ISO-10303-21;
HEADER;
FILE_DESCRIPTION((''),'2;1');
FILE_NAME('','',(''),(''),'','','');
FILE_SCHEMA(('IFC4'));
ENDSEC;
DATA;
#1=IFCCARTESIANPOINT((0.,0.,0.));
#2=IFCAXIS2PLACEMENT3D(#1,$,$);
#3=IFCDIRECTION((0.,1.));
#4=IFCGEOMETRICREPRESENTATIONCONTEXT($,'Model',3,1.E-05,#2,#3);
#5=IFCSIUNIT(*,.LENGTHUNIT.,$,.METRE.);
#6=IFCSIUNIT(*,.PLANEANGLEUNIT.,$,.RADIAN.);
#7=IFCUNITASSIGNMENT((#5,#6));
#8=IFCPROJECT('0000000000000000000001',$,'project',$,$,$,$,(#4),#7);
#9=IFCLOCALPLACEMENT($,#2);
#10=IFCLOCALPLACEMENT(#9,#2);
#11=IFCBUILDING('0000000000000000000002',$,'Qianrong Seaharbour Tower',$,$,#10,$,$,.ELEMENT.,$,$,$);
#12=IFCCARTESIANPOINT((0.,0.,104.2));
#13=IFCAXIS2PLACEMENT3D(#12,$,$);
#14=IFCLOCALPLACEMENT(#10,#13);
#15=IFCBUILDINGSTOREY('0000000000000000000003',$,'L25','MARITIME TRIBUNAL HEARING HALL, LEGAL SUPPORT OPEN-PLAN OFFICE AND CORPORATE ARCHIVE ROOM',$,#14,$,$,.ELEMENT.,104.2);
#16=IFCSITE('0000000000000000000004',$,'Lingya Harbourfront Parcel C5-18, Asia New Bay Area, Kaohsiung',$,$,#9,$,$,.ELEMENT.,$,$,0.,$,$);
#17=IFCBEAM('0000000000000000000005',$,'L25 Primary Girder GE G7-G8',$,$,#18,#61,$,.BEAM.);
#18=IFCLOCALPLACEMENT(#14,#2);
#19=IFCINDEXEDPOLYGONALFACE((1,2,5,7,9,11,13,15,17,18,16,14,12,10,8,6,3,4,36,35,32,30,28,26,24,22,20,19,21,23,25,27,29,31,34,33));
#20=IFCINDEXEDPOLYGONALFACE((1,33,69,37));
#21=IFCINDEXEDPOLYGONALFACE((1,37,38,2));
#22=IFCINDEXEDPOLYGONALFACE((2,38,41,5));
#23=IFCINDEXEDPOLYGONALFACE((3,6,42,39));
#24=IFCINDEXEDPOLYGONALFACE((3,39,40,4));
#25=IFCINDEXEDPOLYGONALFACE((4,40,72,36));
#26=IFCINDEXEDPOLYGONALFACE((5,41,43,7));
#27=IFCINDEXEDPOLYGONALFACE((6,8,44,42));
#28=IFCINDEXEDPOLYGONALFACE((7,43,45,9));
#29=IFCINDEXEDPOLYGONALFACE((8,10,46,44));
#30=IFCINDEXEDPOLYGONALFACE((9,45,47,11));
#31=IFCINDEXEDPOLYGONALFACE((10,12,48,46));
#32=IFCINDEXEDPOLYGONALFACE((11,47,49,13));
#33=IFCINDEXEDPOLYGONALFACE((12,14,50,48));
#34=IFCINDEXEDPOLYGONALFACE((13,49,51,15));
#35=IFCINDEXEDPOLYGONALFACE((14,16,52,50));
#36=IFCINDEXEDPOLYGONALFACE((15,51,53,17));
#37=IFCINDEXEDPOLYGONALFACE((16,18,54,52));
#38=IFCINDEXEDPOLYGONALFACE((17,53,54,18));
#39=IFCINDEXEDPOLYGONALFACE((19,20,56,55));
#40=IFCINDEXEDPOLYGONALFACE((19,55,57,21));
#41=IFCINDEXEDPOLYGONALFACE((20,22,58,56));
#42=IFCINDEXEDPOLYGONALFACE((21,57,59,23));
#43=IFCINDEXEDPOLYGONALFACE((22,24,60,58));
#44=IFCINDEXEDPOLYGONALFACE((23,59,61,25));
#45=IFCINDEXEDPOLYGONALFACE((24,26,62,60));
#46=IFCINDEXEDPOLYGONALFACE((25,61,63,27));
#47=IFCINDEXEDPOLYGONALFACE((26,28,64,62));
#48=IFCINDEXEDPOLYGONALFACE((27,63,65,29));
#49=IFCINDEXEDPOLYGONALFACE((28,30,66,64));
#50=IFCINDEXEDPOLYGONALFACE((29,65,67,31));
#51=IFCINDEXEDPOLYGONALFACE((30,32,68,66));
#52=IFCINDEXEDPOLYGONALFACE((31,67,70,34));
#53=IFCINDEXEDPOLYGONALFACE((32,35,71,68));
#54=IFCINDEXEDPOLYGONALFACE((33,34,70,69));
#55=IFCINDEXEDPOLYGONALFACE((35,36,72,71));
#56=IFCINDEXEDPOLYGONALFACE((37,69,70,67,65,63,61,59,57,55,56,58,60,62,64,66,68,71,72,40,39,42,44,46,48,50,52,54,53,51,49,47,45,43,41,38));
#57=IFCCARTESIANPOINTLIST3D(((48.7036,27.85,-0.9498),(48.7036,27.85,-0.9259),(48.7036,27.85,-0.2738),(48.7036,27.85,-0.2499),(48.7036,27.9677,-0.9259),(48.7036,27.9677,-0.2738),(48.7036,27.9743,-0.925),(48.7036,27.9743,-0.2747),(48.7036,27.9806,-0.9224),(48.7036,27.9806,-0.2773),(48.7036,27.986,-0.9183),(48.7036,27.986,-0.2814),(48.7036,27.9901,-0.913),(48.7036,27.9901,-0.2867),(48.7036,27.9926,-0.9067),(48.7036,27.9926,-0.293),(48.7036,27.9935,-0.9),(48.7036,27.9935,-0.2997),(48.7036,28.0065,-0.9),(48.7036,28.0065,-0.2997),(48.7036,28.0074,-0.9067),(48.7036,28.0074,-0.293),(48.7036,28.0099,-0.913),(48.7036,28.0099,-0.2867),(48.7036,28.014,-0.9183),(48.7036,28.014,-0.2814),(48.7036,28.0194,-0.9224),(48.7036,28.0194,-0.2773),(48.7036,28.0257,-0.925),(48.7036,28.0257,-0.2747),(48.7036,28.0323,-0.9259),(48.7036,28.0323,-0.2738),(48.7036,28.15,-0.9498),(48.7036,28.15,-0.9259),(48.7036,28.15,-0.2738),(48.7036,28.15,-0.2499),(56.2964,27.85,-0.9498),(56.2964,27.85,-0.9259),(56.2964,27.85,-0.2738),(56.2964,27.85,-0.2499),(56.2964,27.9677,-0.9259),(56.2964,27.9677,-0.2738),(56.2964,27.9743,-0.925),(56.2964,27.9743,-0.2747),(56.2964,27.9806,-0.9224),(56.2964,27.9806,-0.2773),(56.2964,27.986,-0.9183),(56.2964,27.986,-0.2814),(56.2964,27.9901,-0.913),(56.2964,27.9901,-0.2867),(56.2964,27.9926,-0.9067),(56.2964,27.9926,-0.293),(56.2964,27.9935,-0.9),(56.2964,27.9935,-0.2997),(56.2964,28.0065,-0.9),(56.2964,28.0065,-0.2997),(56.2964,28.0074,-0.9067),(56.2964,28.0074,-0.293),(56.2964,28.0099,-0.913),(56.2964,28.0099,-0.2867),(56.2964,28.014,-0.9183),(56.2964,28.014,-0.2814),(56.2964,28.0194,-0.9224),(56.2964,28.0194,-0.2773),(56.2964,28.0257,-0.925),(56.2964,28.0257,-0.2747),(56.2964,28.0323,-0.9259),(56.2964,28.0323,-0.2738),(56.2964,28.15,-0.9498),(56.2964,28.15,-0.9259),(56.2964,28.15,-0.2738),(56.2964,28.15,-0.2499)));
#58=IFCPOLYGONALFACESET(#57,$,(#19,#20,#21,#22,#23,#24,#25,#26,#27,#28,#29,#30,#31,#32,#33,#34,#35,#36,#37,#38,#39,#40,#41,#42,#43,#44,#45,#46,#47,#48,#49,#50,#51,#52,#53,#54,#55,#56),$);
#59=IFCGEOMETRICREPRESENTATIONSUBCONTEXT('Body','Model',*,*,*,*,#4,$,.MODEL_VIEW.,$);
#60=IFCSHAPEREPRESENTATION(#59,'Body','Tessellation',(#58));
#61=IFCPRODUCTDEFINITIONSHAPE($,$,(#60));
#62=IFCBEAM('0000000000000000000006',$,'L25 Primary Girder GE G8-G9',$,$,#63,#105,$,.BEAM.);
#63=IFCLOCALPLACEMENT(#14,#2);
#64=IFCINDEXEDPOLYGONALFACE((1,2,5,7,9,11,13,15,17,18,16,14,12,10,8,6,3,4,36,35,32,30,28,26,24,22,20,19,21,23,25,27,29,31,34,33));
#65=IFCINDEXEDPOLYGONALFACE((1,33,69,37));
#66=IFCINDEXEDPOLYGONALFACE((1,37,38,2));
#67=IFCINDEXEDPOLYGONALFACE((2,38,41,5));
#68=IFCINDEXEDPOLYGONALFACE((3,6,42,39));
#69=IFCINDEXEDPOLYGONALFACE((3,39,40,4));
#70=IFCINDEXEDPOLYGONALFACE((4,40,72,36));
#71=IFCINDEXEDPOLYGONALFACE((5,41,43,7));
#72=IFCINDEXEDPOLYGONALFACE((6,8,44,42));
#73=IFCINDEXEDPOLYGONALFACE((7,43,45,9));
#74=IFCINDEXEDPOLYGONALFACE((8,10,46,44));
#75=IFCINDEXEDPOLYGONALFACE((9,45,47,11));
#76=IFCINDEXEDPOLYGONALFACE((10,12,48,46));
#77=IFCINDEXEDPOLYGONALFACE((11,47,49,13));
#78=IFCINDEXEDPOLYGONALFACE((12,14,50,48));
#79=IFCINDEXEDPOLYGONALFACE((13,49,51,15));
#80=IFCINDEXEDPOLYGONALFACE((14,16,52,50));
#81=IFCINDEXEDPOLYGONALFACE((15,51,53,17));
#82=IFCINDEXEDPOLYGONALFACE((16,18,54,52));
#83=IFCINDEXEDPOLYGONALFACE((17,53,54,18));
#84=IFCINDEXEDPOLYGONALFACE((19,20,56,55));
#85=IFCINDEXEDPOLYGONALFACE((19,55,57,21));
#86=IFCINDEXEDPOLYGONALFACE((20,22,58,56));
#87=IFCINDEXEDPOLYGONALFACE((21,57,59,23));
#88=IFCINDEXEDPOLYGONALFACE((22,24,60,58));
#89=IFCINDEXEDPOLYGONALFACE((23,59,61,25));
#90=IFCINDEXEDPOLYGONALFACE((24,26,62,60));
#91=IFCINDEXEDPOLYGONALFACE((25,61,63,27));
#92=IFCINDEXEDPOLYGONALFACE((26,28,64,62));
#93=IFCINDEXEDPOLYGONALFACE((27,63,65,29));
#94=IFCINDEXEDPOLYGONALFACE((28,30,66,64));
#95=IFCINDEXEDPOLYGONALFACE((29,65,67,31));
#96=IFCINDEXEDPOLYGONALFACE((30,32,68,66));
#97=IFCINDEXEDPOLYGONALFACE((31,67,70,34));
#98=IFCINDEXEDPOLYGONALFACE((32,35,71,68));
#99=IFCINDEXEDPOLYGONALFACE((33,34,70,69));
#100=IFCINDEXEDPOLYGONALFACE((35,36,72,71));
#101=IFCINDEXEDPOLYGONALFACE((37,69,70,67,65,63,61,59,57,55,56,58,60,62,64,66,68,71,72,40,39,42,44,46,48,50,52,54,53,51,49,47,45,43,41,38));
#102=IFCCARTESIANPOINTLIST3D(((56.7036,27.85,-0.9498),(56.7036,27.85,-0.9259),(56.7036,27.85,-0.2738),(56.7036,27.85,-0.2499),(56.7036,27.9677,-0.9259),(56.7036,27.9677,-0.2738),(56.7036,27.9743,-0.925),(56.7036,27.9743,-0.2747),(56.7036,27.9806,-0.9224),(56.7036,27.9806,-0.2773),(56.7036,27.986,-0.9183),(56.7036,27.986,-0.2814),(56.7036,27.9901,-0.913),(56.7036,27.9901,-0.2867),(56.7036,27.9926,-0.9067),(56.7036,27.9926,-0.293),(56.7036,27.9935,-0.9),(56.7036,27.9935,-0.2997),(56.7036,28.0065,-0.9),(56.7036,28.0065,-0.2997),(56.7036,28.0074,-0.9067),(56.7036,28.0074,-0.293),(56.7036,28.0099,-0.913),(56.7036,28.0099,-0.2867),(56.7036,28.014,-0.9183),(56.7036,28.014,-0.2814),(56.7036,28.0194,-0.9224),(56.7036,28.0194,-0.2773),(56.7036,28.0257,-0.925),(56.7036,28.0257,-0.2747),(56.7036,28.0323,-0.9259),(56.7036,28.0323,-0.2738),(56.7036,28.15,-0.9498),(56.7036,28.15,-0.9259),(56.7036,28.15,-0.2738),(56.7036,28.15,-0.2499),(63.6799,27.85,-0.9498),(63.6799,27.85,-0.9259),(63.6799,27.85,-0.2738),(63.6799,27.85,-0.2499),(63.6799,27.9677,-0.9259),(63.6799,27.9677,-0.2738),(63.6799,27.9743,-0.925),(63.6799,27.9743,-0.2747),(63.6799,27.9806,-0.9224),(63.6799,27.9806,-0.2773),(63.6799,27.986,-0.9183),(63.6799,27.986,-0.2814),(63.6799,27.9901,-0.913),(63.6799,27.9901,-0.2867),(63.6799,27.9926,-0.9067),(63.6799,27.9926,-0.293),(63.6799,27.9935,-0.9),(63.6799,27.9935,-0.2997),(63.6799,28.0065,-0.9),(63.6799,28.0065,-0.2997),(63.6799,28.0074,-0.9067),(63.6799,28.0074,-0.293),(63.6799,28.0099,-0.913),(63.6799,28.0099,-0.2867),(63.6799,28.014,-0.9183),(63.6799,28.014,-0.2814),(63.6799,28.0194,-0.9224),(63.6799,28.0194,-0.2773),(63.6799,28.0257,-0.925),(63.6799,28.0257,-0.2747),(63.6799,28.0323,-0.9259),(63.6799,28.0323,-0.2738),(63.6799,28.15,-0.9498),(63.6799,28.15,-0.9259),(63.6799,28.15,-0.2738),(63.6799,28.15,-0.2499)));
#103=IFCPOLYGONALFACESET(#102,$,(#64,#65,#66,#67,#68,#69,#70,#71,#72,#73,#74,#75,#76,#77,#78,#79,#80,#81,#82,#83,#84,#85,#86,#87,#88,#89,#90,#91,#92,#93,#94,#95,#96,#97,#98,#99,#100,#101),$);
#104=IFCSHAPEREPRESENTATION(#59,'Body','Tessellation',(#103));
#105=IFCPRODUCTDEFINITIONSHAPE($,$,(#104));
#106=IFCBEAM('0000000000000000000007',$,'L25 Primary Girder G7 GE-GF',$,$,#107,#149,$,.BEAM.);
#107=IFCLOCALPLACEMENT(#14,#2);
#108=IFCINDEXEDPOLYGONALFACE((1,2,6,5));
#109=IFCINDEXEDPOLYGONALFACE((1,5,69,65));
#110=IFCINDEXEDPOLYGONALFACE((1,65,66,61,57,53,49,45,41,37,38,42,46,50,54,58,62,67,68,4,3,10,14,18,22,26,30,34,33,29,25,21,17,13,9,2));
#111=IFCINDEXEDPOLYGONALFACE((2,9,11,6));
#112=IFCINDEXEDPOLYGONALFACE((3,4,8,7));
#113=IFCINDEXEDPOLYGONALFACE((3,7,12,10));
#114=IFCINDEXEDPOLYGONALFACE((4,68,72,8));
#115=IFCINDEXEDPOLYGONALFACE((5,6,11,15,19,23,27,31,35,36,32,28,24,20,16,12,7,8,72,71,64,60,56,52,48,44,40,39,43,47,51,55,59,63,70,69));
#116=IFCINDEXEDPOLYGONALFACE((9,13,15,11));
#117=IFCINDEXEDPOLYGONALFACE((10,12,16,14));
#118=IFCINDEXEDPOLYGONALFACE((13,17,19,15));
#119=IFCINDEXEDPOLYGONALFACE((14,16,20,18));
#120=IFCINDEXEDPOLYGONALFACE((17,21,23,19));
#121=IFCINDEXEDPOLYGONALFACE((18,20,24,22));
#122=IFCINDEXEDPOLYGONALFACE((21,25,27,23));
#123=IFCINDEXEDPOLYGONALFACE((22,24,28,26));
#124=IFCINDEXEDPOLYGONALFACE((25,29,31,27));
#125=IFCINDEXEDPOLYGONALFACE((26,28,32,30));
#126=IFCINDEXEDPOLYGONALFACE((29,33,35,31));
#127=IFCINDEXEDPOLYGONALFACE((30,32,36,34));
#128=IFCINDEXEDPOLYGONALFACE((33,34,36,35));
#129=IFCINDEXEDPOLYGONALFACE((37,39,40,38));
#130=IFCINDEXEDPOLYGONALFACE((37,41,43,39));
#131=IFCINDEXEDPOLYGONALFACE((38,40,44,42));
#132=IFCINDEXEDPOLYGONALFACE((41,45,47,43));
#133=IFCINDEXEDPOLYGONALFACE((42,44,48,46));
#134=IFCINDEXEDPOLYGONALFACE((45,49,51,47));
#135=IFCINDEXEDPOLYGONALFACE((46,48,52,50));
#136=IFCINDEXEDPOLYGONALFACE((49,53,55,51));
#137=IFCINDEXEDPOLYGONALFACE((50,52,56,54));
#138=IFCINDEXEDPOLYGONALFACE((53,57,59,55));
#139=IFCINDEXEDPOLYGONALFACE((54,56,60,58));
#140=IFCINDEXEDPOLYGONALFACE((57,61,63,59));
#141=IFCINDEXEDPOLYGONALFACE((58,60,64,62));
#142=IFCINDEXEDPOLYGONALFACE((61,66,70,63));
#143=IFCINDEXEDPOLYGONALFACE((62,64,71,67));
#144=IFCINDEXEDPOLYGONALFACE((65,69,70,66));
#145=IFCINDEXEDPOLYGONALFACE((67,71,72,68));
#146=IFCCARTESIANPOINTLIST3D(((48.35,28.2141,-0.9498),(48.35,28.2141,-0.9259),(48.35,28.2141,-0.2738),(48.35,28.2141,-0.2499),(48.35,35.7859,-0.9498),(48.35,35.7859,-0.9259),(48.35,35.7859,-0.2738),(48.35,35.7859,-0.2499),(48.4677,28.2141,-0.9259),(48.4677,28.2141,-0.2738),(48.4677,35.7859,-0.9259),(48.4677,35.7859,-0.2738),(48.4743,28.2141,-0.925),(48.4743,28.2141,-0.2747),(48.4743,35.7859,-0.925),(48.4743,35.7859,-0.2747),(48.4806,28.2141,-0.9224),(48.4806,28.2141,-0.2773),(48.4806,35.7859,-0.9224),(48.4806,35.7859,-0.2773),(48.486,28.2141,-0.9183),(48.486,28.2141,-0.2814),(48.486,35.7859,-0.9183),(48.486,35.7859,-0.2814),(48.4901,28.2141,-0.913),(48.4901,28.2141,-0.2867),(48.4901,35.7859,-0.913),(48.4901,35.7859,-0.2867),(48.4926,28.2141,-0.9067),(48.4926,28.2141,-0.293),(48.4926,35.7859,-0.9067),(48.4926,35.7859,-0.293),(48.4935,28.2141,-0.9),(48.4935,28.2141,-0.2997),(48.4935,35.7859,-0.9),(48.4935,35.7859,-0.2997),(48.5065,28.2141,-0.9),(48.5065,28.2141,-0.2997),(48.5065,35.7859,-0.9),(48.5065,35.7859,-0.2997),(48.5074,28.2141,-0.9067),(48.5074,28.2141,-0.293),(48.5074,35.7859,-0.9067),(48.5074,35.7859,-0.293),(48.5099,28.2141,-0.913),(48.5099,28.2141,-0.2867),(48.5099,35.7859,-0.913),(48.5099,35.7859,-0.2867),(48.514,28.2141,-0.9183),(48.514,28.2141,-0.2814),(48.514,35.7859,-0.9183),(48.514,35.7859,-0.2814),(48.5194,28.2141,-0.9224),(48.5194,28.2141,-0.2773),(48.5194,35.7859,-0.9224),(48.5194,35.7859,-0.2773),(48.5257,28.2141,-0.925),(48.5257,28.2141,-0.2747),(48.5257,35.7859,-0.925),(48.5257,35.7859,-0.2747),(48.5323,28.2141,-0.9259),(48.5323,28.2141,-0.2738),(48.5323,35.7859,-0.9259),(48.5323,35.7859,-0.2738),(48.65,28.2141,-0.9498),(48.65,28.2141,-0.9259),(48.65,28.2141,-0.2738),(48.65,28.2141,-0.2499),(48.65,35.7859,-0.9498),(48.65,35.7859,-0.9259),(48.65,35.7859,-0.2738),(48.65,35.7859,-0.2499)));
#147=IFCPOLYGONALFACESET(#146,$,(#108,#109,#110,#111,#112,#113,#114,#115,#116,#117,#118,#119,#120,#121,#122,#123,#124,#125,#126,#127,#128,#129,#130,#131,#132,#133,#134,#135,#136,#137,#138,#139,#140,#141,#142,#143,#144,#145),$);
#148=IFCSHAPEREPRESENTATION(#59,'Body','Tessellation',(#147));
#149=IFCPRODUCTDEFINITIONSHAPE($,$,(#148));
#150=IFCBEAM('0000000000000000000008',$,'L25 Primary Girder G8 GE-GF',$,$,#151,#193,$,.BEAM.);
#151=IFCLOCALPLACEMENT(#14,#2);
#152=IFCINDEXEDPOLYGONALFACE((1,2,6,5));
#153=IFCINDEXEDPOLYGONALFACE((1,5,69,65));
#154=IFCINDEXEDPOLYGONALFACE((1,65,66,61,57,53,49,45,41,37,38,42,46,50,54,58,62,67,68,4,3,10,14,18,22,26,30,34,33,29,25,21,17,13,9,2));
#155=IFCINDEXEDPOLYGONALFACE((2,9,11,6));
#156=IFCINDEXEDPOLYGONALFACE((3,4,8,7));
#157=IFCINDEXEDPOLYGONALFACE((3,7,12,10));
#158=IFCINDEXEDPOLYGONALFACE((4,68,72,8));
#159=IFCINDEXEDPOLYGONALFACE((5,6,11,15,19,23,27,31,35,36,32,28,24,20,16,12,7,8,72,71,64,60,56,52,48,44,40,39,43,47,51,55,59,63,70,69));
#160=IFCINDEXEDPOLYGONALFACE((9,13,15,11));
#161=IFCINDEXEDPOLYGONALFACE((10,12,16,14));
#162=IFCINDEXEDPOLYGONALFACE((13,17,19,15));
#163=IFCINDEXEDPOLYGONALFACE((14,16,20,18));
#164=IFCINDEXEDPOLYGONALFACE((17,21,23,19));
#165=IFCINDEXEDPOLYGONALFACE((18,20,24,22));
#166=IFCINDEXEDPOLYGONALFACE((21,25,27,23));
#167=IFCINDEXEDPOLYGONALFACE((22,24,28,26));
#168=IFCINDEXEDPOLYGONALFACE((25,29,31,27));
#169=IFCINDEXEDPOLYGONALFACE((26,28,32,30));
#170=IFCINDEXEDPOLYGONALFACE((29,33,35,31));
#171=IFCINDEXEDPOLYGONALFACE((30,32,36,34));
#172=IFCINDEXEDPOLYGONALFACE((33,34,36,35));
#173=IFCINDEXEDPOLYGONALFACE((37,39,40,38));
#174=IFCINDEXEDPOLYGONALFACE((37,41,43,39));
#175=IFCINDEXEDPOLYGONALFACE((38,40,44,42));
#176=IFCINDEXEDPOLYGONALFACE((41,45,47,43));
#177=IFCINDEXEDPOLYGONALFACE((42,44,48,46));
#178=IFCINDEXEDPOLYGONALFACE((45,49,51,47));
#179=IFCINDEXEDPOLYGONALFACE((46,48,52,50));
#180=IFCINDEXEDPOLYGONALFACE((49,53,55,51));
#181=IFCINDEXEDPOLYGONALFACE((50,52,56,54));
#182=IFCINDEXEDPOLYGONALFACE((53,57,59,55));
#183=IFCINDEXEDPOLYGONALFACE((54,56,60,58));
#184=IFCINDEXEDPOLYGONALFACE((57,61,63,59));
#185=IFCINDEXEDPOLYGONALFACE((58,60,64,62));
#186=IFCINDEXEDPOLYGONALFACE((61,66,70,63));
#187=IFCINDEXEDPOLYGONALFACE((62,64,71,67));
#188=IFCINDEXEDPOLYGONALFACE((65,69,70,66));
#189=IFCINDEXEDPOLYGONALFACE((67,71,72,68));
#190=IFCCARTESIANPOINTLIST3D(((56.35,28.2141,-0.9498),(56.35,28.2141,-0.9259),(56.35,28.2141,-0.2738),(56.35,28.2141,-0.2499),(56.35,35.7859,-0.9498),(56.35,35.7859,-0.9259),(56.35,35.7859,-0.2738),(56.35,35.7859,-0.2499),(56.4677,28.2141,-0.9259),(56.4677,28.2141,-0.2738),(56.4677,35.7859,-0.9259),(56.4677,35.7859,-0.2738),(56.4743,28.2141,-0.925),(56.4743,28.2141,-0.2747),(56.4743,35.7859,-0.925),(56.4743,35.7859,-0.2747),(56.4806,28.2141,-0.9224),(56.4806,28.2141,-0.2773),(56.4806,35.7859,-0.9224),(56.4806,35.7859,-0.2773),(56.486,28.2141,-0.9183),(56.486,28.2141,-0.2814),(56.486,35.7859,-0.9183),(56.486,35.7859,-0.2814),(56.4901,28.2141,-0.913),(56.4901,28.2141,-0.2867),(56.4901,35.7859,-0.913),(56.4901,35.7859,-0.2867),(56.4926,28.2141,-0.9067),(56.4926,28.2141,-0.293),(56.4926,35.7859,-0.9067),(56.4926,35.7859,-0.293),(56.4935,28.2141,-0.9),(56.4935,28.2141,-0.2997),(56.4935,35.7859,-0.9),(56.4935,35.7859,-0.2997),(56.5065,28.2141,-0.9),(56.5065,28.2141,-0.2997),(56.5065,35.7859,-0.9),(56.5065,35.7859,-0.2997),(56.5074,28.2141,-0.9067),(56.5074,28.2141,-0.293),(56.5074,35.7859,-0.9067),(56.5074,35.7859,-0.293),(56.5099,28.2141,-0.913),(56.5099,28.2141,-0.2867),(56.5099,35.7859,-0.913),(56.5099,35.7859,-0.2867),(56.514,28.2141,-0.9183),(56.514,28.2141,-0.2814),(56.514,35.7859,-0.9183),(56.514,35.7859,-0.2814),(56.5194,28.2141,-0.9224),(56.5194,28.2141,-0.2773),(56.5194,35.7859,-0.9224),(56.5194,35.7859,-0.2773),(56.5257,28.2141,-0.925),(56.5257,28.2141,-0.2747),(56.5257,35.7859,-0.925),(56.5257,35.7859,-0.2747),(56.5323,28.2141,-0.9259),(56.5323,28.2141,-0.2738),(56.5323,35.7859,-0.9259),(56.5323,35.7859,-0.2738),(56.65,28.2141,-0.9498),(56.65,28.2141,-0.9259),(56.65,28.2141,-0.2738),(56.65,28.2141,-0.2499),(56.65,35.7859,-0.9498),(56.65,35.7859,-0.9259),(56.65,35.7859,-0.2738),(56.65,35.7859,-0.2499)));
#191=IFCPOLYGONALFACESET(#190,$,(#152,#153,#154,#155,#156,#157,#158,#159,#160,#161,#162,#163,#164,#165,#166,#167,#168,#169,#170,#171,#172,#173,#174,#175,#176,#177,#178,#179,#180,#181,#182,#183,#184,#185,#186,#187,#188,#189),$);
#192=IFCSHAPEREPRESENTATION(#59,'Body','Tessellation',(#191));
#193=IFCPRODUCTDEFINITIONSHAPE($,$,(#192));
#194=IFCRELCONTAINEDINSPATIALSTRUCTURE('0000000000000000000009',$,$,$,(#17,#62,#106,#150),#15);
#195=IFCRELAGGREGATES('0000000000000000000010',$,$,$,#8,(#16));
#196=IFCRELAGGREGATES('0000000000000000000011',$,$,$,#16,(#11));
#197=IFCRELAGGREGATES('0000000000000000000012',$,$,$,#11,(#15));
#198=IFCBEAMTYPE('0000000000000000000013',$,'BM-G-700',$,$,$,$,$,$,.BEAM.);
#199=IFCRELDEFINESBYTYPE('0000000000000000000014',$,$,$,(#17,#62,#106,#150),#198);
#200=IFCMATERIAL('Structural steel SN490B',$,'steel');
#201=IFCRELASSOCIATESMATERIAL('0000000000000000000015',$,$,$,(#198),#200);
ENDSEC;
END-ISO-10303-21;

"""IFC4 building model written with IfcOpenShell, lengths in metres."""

from ifc_helpers import new_model, si_unit, direction, frame, origin, origin_2d, place, context, subcontext, project, spatial, i_section, extrude, material, material_profile, profile_set, type_object, element, save


model = new_model("IFC4")

# Units and contexts
model_context = context("Model", 3, precision=1e-05, world=origin(), true_north=direction((0.0, 1.0)))
body_context = subcontext(model_context, "Body", "Model", "MODEL_VIEW")
ifc_project = project(units=[si_unit("LENGTHUNIT", "METRE"), si_unit("PLANEANGLEUNIT", "RADIAN")], contexts=[model_context])

# Site, building, storey
site_placement = place(None, origin())
site = spatial("IfcSite", under=ifc_project, at=site_placement, Name="Lingya Harbourfront Parcel C5-18, Asia New Bay Area, Kaohsiung", CompositionType="ELEMENT", RefElevation=0.0)
building_placement = place(site_placement, origin())
building = spatial("IfcBuilding", under=site, at=building_placement, Name="Qianrong Seaharbour Tower", CompositionType="ELEMENT")
storey_placement = place(building_placement, frame((0.0, 0.0, 104.2)))
storey = spatial("IfcBuildingStorey", under=building, at=storey_placement, Name="L25", Description="MARITIME TRIBUNAL HEARING HALL, LEGAL SUPPORT OPEN-PLAN OFFICE AND CORPORATE ARCHIVE ROOM", CompositionType="ELEMENT", Elevation=104.2)

# Shared definitions
ifc_material_1 = material(Name="Structural steel SN490B", Category="steel")

# Beams
ifc_material_profile_1 = material_profile(ifc_material_1, i_section(OverallWidth=0.3, OverallDepth=0.7, WebThickness=0.0129, FlangeThickness=0.0239, FilletRadius=0.0259, at=origin_2d()), Name="H700x300x13x24")
ifc_profile_set_1 = profile_set([ifc_material_profile_1], Name="Structural steel SN490B")
beam_type_1 = type_object("IfcBeamType", Name="BM-G-700", PredefinedType="BEAM", material=ifc_profile_set_1)
beam_1_placement = place(storey_placement, frame((48.7036, 28.0, -0.5999), z_axis=(1.0, 0.0, 0.0), x_axis=(0.0, 1.0, 0.0)))
element("IfcBeam", 1, at=beam_1_placement, inside=storey, type_object=beam_type_1, Name="L25 Primary Girder GE G7-G8", PredefinedType="BEAM", context=body_context, shape_type="SweptSolid", body=[
    extrude(i_section(OverallWidth=0.3, OverallDepth=0.7, WebThickness=0.0129, FlangeThickness=0.0239, FilletRadius=0.0259, at=origin_2d()), origin(), (0.0, 0.0, 1.0), 7.5928),
])
beam_2_placement = place(storey_placement, frame((56.7036, 28.0, -0.5999), z_axis=(1.0, 0.0, 0.0), x_axis=(0.0, 1.0, 0.0)))
element("IfcBeam", 2, at=beam_2_placement, inside=storey, type_object=beam_type_1, Name="L25 Primary Girder GE G8-G9", PredefinedType="BEAM", context=body_context, shape_type="SweptSolid", body=[
    extrude(i_section(OverallWidth=0.3, OverallDepth=0.7, WebThickness=0.0129, FlangeThickness=0.0239, FilletRadius=0.0259, at=origin_2d()), origin(), (0.0, 0.0, 1.0), 6.9763),
])
for number, where, z_axis, x_axis, name in (
    (3, (48.5, 28.2141, -0.5999), (0.0, 1.0, 0.0), (-1.0, 0.0, 0.0), "L25 Primary Girder G7 GE-GF"),
    (4, (56.5, 28.2141, -0.5999), (0.0, 1.0, 0.0), (-1.0, 0.0, 0.0), "L25 Primary Girder G8 GE-GF"),
):
    element("IfcBeam", number, at=place(storey_placement, frame(where, z_axis=z_axis, x_axis=x_axis)), inside=storey, type_object=beam_type_1, Name=name, PredefinedType="BEAM", context=body_context, shape_type="SweptSolid", body=[
        extrude(i_section(OverallWidth=0.3, OverallDepth=0.7, WebThickness=0.0129, FlangeThickness=0.0239, FilletRadius=0.0259, at=origin_2d()), origin(), (0.0, 0.0, 1.0), 7.5718),
    ])

save(model, "model.ifc")
